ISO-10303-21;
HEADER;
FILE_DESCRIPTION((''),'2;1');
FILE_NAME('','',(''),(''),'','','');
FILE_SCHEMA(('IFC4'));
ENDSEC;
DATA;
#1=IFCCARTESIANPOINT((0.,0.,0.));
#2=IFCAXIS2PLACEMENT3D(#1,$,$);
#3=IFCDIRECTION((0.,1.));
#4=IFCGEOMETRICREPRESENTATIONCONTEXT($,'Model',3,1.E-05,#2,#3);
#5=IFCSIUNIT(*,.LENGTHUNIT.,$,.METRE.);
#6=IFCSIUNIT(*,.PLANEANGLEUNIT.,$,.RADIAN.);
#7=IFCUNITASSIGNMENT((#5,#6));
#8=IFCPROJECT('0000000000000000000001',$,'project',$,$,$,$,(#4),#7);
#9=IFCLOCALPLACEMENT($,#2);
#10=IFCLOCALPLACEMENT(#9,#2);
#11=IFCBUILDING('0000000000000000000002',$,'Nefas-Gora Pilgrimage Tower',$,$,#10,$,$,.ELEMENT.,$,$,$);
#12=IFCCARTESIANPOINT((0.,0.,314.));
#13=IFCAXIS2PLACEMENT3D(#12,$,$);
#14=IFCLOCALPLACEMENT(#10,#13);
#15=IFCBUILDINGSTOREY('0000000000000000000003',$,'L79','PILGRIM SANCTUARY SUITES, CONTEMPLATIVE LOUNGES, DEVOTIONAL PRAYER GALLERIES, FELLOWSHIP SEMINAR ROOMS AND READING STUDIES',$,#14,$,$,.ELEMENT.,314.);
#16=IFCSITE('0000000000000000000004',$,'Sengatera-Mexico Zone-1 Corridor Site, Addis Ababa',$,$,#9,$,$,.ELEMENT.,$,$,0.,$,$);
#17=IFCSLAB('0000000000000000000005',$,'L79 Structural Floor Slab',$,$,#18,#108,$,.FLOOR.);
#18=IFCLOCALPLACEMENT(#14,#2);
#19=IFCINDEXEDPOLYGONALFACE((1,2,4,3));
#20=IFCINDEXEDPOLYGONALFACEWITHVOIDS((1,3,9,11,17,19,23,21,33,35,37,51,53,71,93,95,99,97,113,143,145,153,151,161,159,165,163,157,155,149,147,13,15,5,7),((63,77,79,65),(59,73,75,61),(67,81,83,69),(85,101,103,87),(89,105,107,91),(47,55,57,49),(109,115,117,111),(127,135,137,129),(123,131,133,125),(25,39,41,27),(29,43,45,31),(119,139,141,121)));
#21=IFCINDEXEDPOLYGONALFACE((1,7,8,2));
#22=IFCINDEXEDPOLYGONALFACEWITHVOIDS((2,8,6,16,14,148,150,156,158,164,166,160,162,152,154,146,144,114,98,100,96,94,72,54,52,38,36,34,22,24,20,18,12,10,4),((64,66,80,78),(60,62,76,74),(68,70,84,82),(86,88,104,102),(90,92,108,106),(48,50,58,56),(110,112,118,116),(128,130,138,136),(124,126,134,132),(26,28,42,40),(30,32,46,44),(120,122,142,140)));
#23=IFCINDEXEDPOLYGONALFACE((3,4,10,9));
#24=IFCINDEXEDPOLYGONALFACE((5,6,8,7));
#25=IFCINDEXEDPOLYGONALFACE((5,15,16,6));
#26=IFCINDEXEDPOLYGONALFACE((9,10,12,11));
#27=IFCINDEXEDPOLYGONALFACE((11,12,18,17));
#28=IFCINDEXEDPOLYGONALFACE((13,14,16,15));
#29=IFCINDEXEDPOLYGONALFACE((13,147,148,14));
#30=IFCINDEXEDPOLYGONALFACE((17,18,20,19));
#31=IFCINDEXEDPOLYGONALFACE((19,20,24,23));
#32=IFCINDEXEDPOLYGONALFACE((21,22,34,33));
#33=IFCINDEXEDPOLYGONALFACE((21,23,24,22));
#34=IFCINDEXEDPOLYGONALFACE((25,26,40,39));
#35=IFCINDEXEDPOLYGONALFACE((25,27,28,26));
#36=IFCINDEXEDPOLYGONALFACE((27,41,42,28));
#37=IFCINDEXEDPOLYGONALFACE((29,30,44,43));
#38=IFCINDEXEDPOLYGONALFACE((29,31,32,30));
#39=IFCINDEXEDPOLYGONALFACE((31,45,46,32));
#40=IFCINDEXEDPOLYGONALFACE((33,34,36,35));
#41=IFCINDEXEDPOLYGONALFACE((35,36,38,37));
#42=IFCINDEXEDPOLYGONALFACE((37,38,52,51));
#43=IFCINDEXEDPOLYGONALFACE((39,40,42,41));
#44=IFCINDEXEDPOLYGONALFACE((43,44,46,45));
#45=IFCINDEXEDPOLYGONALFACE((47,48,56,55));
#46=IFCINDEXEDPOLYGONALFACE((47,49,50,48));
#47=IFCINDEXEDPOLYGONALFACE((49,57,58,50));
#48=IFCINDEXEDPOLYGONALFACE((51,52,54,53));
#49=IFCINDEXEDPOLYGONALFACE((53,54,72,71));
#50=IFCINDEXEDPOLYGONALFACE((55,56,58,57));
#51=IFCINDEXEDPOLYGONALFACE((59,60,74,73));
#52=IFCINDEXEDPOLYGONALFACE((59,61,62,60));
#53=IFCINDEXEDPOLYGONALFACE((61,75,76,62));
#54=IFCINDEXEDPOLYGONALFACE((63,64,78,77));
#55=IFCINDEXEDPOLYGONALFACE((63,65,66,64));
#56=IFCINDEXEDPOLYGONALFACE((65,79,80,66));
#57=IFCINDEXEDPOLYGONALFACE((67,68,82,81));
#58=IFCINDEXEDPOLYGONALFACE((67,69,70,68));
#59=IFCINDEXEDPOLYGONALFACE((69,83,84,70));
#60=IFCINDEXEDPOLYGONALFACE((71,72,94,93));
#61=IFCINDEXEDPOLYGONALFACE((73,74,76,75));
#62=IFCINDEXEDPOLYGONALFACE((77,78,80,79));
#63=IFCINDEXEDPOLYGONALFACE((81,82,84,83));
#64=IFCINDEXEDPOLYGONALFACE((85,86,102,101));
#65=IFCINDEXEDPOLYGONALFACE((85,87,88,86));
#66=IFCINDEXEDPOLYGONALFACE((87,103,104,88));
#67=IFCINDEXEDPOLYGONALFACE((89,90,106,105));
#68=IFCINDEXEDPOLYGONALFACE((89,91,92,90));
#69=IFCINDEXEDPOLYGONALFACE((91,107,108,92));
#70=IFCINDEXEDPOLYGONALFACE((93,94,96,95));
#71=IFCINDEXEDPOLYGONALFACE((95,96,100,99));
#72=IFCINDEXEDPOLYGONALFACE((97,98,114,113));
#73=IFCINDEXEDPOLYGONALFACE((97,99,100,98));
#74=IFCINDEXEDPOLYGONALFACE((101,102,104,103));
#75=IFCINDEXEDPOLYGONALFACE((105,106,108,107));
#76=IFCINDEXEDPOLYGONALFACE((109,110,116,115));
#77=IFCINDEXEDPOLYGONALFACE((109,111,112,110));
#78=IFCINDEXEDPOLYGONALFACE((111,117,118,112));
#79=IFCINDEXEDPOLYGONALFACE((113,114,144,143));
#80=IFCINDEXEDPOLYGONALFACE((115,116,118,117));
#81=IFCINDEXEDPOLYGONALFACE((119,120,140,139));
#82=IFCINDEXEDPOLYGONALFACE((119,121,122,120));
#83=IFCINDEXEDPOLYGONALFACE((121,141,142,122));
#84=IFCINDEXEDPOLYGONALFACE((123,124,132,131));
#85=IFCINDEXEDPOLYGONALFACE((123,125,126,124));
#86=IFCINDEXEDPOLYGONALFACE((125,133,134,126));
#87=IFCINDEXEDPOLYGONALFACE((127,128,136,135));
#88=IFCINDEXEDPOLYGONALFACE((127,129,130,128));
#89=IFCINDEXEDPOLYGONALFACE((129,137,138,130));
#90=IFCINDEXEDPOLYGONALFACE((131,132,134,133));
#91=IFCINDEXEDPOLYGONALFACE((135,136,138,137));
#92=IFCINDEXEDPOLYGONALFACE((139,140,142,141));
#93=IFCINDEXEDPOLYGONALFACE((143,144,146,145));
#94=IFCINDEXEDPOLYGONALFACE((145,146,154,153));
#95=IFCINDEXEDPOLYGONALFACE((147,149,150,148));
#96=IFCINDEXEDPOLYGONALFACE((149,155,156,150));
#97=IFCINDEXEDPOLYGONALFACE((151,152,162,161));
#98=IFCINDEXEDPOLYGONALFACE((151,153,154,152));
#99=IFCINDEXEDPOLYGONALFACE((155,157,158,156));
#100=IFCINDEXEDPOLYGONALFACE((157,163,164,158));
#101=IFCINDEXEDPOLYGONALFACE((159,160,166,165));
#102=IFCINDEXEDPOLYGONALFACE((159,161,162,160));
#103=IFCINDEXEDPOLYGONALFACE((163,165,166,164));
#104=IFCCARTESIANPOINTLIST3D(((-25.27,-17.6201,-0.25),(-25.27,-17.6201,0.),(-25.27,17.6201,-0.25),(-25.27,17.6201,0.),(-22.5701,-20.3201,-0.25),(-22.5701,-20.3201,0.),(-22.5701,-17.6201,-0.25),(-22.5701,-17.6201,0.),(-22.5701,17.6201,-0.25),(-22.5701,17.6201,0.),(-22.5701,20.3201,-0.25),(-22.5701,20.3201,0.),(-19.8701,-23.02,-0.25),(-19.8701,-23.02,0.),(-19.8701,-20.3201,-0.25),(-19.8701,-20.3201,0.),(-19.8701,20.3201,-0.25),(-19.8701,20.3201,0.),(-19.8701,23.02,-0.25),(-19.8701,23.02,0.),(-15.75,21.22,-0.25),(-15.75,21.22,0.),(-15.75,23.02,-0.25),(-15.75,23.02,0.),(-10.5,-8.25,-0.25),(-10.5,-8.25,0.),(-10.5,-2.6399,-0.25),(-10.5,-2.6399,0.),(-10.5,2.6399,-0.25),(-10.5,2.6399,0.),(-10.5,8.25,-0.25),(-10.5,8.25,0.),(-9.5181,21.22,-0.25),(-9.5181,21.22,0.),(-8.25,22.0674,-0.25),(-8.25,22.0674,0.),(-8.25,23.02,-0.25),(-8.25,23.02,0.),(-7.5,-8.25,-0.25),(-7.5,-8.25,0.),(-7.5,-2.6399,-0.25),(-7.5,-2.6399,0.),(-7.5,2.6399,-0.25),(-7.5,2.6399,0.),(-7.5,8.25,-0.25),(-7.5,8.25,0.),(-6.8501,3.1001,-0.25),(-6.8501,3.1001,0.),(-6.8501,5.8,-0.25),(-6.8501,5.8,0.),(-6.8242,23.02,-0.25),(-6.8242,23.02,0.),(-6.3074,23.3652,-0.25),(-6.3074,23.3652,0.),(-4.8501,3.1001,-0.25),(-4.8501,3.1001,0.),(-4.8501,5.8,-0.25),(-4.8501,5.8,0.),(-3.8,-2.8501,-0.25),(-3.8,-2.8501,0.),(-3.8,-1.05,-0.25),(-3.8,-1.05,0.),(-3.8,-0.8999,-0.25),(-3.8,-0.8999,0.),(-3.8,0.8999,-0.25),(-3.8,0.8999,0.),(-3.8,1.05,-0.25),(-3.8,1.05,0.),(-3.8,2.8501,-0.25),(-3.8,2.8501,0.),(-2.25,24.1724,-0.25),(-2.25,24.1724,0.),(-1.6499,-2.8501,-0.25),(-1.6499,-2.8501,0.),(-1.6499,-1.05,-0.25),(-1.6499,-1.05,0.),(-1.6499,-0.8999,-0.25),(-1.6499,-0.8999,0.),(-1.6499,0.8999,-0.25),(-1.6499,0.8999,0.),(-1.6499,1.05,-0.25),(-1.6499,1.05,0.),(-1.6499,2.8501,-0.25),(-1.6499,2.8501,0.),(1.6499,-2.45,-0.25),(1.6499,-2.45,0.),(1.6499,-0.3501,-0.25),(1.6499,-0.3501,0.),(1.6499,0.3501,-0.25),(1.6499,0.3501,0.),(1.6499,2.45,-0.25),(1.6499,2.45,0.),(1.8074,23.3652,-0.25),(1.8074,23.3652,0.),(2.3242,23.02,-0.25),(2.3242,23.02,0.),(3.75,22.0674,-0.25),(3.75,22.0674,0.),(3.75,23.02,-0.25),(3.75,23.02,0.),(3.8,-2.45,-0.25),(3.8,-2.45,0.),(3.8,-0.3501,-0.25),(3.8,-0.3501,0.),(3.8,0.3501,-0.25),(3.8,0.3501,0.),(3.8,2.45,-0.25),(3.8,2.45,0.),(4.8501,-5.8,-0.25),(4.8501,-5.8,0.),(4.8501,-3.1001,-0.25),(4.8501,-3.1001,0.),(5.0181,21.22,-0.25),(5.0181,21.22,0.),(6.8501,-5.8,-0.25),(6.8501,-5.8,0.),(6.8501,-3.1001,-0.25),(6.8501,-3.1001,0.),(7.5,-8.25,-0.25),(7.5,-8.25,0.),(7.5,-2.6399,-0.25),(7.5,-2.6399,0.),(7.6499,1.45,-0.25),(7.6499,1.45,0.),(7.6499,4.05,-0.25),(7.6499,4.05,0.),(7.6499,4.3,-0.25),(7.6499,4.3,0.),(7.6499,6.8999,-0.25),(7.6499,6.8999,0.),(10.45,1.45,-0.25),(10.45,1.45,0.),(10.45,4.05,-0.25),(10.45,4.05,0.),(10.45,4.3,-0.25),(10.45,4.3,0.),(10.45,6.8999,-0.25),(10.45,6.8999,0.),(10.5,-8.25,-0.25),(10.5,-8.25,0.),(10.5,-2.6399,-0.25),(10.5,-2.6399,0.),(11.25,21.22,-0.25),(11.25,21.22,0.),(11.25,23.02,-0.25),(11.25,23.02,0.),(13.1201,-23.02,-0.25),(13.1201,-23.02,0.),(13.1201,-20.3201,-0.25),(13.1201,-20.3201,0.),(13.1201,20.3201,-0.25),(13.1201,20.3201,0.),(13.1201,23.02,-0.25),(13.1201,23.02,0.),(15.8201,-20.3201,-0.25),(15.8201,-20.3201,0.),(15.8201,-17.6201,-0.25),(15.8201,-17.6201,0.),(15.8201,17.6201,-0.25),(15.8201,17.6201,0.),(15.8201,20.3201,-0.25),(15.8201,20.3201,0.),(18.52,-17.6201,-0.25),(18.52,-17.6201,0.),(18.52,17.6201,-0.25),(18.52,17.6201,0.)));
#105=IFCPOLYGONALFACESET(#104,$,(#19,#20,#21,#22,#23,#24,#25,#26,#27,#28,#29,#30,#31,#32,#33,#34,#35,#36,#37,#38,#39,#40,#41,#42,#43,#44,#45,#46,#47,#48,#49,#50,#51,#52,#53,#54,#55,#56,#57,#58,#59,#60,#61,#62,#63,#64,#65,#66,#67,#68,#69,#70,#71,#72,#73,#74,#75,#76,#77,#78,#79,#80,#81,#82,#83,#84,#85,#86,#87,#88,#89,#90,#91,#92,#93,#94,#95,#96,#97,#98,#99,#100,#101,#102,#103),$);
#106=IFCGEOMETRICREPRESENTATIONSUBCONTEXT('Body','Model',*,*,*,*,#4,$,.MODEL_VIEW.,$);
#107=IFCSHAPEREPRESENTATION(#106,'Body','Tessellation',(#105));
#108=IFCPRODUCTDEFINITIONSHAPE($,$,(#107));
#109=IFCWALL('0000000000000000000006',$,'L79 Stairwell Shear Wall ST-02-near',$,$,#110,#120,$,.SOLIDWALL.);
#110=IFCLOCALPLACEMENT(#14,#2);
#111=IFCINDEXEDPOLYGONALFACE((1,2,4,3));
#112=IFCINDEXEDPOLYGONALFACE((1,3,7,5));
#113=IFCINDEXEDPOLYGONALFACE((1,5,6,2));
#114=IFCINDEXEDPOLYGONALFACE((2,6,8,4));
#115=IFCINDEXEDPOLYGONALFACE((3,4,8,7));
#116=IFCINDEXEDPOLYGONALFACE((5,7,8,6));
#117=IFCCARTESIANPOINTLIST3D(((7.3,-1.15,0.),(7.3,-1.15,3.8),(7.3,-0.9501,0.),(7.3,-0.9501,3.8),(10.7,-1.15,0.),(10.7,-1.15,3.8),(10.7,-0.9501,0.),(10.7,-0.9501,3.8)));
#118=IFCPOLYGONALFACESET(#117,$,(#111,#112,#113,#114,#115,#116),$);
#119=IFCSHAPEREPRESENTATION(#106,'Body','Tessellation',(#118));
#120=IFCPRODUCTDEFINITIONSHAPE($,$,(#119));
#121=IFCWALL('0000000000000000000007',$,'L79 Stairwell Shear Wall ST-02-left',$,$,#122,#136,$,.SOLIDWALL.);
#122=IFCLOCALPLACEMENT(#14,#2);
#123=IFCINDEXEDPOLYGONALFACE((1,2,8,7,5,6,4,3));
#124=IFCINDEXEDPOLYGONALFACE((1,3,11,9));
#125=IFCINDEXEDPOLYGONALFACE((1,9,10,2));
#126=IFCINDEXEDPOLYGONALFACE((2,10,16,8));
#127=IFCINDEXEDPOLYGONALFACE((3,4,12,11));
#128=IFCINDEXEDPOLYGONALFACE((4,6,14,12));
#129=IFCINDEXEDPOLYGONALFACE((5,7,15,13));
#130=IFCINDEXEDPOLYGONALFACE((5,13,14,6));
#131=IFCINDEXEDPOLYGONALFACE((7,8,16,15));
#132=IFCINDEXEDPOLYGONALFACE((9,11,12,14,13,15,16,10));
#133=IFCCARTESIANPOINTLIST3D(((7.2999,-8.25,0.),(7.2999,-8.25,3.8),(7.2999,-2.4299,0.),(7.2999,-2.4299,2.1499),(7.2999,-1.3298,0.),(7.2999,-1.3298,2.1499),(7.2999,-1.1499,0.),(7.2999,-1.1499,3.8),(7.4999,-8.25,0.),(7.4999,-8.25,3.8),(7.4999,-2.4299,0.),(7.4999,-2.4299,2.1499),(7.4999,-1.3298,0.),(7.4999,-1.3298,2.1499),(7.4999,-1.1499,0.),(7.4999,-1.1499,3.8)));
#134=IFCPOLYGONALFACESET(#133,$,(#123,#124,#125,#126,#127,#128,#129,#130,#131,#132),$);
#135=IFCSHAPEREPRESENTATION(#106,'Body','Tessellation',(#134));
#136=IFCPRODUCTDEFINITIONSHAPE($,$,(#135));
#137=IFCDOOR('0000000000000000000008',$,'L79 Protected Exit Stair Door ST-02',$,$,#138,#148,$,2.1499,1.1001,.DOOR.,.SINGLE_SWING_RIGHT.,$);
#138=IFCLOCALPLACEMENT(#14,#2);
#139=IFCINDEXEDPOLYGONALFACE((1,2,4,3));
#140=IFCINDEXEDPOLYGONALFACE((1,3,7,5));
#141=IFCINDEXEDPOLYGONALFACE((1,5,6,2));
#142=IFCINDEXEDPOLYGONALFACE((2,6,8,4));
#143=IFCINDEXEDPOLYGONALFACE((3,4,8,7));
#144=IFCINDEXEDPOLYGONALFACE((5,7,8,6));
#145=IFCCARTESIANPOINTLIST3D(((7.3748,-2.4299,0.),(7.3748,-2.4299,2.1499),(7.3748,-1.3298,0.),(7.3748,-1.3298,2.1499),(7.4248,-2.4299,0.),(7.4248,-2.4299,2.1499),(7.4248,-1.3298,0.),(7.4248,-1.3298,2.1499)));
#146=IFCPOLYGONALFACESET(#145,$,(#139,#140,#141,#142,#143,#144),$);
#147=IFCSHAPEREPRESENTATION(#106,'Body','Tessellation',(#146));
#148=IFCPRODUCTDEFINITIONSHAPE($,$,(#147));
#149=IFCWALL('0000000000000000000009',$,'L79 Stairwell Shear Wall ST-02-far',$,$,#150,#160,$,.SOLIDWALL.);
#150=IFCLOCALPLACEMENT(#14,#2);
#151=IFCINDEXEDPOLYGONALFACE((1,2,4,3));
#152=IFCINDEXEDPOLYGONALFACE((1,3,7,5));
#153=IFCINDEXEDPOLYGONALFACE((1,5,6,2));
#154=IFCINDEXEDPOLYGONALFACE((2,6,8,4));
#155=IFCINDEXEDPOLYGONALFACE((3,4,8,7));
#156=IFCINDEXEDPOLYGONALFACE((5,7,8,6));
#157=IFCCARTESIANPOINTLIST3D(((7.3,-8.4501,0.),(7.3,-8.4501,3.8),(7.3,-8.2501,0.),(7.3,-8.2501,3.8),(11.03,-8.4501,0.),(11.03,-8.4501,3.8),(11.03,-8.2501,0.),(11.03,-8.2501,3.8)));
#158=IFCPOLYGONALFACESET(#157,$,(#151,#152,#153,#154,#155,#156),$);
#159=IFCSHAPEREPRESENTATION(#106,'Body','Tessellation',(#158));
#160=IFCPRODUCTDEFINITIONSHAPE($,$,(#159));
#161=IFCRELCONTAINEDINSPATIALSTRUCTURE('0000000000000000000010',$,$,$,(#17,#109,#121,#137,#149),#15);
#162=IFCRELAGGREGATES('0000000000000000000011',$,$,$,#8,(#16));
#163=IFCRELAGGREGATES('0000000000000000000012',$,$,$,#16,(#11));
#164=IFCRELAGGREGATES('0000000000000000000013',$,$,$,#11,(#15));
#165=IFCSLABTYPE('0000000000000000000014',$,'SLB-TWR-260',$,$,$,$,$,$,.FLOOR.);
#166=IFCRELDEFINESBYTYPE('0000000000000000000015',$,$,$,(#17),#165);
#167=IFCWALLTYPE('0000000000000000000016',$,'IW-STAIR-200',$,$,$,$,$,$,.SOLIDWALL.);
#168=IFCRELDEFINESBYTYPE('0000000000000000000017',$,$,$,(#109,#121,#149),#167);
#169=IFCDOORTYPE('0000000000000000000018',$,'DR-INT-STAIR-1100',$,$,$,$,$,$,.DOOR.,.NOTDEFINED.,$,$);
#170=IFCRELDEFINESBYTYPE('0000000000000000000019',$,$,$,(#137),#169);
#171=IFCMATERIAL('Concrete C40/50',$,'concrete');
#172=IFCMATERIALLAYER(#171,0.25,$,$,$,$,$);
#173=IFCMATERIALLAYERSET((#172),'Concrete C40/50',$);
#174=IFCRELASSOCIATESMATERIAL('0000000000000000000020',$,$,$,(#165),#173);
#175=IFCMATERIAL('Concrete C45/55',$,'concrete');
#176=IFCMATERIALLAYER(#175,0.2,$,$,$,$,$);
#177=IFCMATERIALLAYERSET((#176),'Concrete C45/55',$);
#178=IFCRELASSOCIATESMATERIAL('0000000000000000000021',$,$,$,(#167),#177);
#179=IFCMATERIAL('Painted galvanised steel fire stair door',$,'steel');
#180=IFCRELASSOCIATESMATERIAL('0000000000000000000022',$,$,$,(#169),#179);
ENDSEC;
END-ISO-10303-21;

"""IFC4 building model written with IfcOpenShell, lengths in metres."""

from ifc_helpers import new_model, si_unit, direction, frame, frame_2d, origin, place, context, subcontext, project, spatial, polyline, rectangle, outline, extrude, source, transform, mapped, material, layer, layer_set, type_object, element, fill, save


model = new_model("IFC4")

# Units and contexts
model_context = context("Model", 3, precision=1e-05, world=origin(), true_north=direction((0.0, 1.0)))
body_context = subcontext(model_context, "Body", "Model", "MODEL_VIEW")
ifc_project = project(units=[si_unit("LENGTHUNIT", "METRE"), si_unit("PLANEANGLEUNIT", "RADIAN")], contexts=[model_context])

# Site, building, storey
site_placement = place(None, origin())
site = spatial("IfcSite", under=ifc_project, at=site_placement, Name="Sengatera-Mexico Zone-1 Corridor Site, Addis Ababa", CompositionType="ELEMENT", RefElevation=0.0)
building_placement = place(site_placement, origin())
building = spatial("IfcBuilding", under=site, at=building_placement, Name="Nefas-Gora Pilgrimage Tower", CompositionType="ELEMENT")
storey_placement = place(building_placement, frame((0.0, 0.0, 314.0)))
storey = spatial("IfcBuildingStorey", under=building, at=storey_placement, Name="L79", Description="PILGRIM SANCTUARY SUITES, CONTEMPLATIVE LOUNGES, DEVOTIONAL PRAYER GALLERIES, FELLOWSHIP SEMINAR ROOMS AND READING STUDIES", CompositionType="ELEMENT", Elevation=314.0)

# Slab
ifc_material_1 = material(Name="Concrete C40/50", Category="concrete")
ifc_layer_1 = layer(ifc_material_1, 0.25)
ifc_layer_set_1 = layer_set([ifc_layer_1], Name="Concrete C40/50")
slab_type_1 = type_object("IfcSlabType", Name="SLB-TWR-260", PredefinedType="FLOOR", material=ifc_layer_set_1)
slab_1_placement = place(storey_placement, frame((0.0, 0.0, -0.25)))
element("IfcSlab", 1, at=slab_1_placement, inside=storey, type_object=slab_type_1, Name="L79 Structural Floor Slab", PredefinedType="FLOOR", context=body_context, shape_type="SweptSolid", body=[
    extrude(outline(polyline([(15.8201, -17.6201), (18.52, -17.6201), (18.52, 17.6201), (15.8201, 17.6201), (15.8201, 20.3201), (13.1201, 20.3201), (13.1201, 23.02), (11.25, 23.02), (11.25, 21.22), (5.0181, 21.22), (3.75, 22.0674), (3.75, 23.02), (2.3242, 23.02), (1.8074, 23.3652), (-2.25, 24.1724), (-6.3074, 23.3652), (-6.8242, 23.02), (-8.25, 23.02), (-8.25, 22.0674), (-9.5181, 21.22), (-15.75, 21.22), (-15.75, 23.02), (-19.8701, 23.02), (-19.8701, 20.3201), (-22.5701, 20.3201), (-22.5701, 17.6201), (-25.27, 17.6201), (-25.27, -17.6201), (-22.5701, -17.6201), (-22.5701, -20.3201), (-19.8701, -20.3201), (-19.8701, -23.02), (13.1201, -23.02), (13.1201, -20.3201), (15.8201, -20.3201), (15.8201, -17.6201)]), holes=[polyline([(-10.5, 2.6399), (-10.5, 8.25), (-7.5, 8.25), (-7.5, 2.6399), (-10.5, 2.6399)]), polyline([(10.5, -2.6399), (10.5, -8.25), (7.5, -8.25), (7.5, -2.6399), (10.5, -2.6399)]), polyline([(-7.5, -2.6399), (-7.5, -8.25), (-10.5, -8.25), (-10.5, -2.6399), (-7.5, -2.6399)]), polyline([(-6.8501, 5.8), (-4.8501, 5.8), (-4.8501, 3.1001), (-6.8501, 3.1001), (-6.8501, 5.8)]), polyline([(4.8501, -3.1001), (6.8501, -3.1001), (6.8501, -5.8), (4.8501, -5.8), (4.8501, -3.1001)]), polyline([(7.6499, 4.05), (10.45, 4.05), (10.45, 1.45), (7.6499, 1.45), (7.6499, 4.05)]), polyline([(7.6499, 6.8999), (10.45, 6.8999), (10.45, 4.3), (7.6499, 4.3), (7.6499, 6.8999)]), polyline([(-3.8, -1.05), (-1.6499, -1.05), (-1.6499, -2.8501), (-3.8, -2.8501), (-3.8, -1.05)]), polyline([(-3.8, 0.8999), (-1.6499, 0.8999), (-1.6499, -0.8999), (-3.8, -0.8999), (-3.8, 0.8999)]), polyline([(-3.8, 2.8501), (-1.6499, 2.8501), (-1.6499, 1.05), (-3.8, 1.05), (-3.8, 2.8501)]), polyline([(1.6499, -0.3501), (3.8, -0.3501), (3.8, -2.45), (1.6499, -2.45), (1.6499, -0.3501)]), polyline([(1.6499, 2.45), (3.8, 2.45), (3.8, 0.3501), (1.6499, 0.3501), (1.6499, 2.45)])]), origin(), (0.0, 0.0, 1.0), 0.25),
])

# Wall
ifc_material_2 = material(Name="Concrete C45/55", Category="concrete")
ifc_layer_2 = layer(ifc_material_2, 0.2)
ifc_layer_set_2 = layer_set([ifc_layer_2], Name="Concrete C45/55")
wall_type_1 = type_object("IfcWallType", Name="IW-STAIR-200", PredefinedType="SOLIDWALL", material=ifc_layer_set_2)
shared_shape_1 = source(origin(), body_context, "Body", "SweptSolid", [
    extrude(rectangle(XDim=3.3999, YDim=0.2, at=frame_2d((1.7, 0.0))), origin(), (0.0, 0.0, 1.0), 3.8),
])
wall_1_placement = place(storey_placement, frame((7.3, -1.05, 0.0), z_axis=(0.0, 0.0, 1.0), x_axis=(1.0, 0.0, 0.0)))
element("IfcWall", 2, at=wall_1_placement, inside=storey, type_object=wall_type_1, Name="L79 Stairwell Shear Wall ST-02-near", PredefinedType="SOLIDWALL", context=body_context, shape_type="MappedRepresentation", body=[
    mapped(shared_shape_1, transform((0.0, 0.0, 0.0), x_axis=(1.0, 0.0, 0.0), y_axis=(0.0, 1.0, 0.0), z_axis=(0.0, 0.0, 1.0), scale=1.0)),
])

# Wall, opening, door
shared_shape_2 = source(origin(), body_context, "Body", "SweptSolid", [
    extrude(rectangle(XDim=7.1001, YDim=0.2, at=frame_2d((3.55, 0.0))), origin(), (0.0, 0.0, 1.0), 3.8),
])
wall_2_placement = place(storey_placement, frame((7.3999, -1.1499, 0.0), z_axis=(0.0, 0.0, 1.0), x_axis=(0.0, -1.0, 0.0)))
wall_2 = element("IfcWall", 3, at=wall_2_placement, inside=storey, type_object=wall_type_1, Name="L79 Stairwell Shear Wall ST-02-left", PredefinedType="SOLIDWALL", context=body_context, shape_type="MappedRepresentation", body=[
    mapped(shared_shape_2, transform((0.0, 0.0, 0.0), x_axis=(1.0, 0.0, 0.0), y_axis=(0.0, 1.0, 0.0), z_axis=(0.0, 0.0, 1.0), scale=1.0)),
])
opening_1_placement = place(wall_2_placement, frame((0.1799, 0.0, 0.0)))
opening_1 = element("IfcOpeningElement", 4, at=opening_1_placement, cuts=wall_2, PredefinedType="OPENING", context=body_context, shape_type="SweptSolid", body=[
    extrude(rectangle(XDim=1.1001, YDim=2.1499, at=frame_2d((0.55, 1.075))), frame((0.0, 0.1099, 0.0), z_axis=(0.0, -1.0, 0.0), x_axis=(1.0, 0.0, 0.0)), (0.0, 0.0, 1.0), 0.22),
])
ifc_material_3 = material(Name="Painted galvanised steel fire stair door", Category="steel")
door_type_1 = type_object("IfcDoorType", Name="DR-INT-STAIR-1100", OperationType="NOTDEFINED", PredefinedType="DOOR", material=ifc_material_3)
shared_shape_3 = source(origin(), body_context, "Body", "SweptSolid", [
    extrude(rectangle(XDim=1.1001, YDim=2.1499, at=frame_2d((0.55, 1.075))), frame((0.0, 0.0249, 0.0), z_axis=(0.0, -1.0, 0.0), x_axis=(1.0, 0.0, 0.0)), (0.0, 0.0, 1.0), 0.05),
])
door_1_placement = place(opening_1_placement, origin())
door_1 = element("IfcDoor", 5, at=door_1_placement, inside=storey, type_object=door_type_1, Name="L79 Protected Exit Stair Door ST-02", OperationType="SINGLE_SWING_RIGHT", OverallHeight=2.1499, OverallWidth=1.1001, PredefinedType="DOOR", context=body_context, shape_type="MappedRepresentation", body=[
    mapped(shared_shape_3, transform((0.0, 0.0, 0.0), x_axis=(1.0, 0.0, 0.0), y_axis=(0.0, 1.0, 0.0), z_axis=(0.0, 0.0, 1.0), scale=1.0)),
])
fill(opening_1, door_1)

# Wall
shared_shape_4 = source(origin(), body_context, "Body", "SweptSolid", [
    extrude(rectangle(XDim=3.73, YDim=0.2, at=frame_2d((1.865, 0.0))), origin(), (0.0, 0.0, 1.0), 3.8),
])
wall_3_placement = place(storey_placement, frame((7.3, -8.3501, 0.0), z_axis=(0.0, 0.0, 1.0), x_axis=(1.0, 0.0, 0.0)))
element("IfcWall", 6, at=wall_3_placement, inside=storey, type_object=wall_type_1, Name="L79 Stairwell Shear Wall ST-02-far", PredefinedType="SOLIDWALL", context=body_context, shape_type="MappedRepresentation", body=[
    mapped(shared_shape_4, transform((0.0, 0.0, 0.0), x_axis=(1.0, 0.0, 0.0), y_axis=(0.0, 1.0, 0.0), z_axis=(0.0, 0.0, 1.0), scale=1.0)),
])

save(model, "model.ifc")
